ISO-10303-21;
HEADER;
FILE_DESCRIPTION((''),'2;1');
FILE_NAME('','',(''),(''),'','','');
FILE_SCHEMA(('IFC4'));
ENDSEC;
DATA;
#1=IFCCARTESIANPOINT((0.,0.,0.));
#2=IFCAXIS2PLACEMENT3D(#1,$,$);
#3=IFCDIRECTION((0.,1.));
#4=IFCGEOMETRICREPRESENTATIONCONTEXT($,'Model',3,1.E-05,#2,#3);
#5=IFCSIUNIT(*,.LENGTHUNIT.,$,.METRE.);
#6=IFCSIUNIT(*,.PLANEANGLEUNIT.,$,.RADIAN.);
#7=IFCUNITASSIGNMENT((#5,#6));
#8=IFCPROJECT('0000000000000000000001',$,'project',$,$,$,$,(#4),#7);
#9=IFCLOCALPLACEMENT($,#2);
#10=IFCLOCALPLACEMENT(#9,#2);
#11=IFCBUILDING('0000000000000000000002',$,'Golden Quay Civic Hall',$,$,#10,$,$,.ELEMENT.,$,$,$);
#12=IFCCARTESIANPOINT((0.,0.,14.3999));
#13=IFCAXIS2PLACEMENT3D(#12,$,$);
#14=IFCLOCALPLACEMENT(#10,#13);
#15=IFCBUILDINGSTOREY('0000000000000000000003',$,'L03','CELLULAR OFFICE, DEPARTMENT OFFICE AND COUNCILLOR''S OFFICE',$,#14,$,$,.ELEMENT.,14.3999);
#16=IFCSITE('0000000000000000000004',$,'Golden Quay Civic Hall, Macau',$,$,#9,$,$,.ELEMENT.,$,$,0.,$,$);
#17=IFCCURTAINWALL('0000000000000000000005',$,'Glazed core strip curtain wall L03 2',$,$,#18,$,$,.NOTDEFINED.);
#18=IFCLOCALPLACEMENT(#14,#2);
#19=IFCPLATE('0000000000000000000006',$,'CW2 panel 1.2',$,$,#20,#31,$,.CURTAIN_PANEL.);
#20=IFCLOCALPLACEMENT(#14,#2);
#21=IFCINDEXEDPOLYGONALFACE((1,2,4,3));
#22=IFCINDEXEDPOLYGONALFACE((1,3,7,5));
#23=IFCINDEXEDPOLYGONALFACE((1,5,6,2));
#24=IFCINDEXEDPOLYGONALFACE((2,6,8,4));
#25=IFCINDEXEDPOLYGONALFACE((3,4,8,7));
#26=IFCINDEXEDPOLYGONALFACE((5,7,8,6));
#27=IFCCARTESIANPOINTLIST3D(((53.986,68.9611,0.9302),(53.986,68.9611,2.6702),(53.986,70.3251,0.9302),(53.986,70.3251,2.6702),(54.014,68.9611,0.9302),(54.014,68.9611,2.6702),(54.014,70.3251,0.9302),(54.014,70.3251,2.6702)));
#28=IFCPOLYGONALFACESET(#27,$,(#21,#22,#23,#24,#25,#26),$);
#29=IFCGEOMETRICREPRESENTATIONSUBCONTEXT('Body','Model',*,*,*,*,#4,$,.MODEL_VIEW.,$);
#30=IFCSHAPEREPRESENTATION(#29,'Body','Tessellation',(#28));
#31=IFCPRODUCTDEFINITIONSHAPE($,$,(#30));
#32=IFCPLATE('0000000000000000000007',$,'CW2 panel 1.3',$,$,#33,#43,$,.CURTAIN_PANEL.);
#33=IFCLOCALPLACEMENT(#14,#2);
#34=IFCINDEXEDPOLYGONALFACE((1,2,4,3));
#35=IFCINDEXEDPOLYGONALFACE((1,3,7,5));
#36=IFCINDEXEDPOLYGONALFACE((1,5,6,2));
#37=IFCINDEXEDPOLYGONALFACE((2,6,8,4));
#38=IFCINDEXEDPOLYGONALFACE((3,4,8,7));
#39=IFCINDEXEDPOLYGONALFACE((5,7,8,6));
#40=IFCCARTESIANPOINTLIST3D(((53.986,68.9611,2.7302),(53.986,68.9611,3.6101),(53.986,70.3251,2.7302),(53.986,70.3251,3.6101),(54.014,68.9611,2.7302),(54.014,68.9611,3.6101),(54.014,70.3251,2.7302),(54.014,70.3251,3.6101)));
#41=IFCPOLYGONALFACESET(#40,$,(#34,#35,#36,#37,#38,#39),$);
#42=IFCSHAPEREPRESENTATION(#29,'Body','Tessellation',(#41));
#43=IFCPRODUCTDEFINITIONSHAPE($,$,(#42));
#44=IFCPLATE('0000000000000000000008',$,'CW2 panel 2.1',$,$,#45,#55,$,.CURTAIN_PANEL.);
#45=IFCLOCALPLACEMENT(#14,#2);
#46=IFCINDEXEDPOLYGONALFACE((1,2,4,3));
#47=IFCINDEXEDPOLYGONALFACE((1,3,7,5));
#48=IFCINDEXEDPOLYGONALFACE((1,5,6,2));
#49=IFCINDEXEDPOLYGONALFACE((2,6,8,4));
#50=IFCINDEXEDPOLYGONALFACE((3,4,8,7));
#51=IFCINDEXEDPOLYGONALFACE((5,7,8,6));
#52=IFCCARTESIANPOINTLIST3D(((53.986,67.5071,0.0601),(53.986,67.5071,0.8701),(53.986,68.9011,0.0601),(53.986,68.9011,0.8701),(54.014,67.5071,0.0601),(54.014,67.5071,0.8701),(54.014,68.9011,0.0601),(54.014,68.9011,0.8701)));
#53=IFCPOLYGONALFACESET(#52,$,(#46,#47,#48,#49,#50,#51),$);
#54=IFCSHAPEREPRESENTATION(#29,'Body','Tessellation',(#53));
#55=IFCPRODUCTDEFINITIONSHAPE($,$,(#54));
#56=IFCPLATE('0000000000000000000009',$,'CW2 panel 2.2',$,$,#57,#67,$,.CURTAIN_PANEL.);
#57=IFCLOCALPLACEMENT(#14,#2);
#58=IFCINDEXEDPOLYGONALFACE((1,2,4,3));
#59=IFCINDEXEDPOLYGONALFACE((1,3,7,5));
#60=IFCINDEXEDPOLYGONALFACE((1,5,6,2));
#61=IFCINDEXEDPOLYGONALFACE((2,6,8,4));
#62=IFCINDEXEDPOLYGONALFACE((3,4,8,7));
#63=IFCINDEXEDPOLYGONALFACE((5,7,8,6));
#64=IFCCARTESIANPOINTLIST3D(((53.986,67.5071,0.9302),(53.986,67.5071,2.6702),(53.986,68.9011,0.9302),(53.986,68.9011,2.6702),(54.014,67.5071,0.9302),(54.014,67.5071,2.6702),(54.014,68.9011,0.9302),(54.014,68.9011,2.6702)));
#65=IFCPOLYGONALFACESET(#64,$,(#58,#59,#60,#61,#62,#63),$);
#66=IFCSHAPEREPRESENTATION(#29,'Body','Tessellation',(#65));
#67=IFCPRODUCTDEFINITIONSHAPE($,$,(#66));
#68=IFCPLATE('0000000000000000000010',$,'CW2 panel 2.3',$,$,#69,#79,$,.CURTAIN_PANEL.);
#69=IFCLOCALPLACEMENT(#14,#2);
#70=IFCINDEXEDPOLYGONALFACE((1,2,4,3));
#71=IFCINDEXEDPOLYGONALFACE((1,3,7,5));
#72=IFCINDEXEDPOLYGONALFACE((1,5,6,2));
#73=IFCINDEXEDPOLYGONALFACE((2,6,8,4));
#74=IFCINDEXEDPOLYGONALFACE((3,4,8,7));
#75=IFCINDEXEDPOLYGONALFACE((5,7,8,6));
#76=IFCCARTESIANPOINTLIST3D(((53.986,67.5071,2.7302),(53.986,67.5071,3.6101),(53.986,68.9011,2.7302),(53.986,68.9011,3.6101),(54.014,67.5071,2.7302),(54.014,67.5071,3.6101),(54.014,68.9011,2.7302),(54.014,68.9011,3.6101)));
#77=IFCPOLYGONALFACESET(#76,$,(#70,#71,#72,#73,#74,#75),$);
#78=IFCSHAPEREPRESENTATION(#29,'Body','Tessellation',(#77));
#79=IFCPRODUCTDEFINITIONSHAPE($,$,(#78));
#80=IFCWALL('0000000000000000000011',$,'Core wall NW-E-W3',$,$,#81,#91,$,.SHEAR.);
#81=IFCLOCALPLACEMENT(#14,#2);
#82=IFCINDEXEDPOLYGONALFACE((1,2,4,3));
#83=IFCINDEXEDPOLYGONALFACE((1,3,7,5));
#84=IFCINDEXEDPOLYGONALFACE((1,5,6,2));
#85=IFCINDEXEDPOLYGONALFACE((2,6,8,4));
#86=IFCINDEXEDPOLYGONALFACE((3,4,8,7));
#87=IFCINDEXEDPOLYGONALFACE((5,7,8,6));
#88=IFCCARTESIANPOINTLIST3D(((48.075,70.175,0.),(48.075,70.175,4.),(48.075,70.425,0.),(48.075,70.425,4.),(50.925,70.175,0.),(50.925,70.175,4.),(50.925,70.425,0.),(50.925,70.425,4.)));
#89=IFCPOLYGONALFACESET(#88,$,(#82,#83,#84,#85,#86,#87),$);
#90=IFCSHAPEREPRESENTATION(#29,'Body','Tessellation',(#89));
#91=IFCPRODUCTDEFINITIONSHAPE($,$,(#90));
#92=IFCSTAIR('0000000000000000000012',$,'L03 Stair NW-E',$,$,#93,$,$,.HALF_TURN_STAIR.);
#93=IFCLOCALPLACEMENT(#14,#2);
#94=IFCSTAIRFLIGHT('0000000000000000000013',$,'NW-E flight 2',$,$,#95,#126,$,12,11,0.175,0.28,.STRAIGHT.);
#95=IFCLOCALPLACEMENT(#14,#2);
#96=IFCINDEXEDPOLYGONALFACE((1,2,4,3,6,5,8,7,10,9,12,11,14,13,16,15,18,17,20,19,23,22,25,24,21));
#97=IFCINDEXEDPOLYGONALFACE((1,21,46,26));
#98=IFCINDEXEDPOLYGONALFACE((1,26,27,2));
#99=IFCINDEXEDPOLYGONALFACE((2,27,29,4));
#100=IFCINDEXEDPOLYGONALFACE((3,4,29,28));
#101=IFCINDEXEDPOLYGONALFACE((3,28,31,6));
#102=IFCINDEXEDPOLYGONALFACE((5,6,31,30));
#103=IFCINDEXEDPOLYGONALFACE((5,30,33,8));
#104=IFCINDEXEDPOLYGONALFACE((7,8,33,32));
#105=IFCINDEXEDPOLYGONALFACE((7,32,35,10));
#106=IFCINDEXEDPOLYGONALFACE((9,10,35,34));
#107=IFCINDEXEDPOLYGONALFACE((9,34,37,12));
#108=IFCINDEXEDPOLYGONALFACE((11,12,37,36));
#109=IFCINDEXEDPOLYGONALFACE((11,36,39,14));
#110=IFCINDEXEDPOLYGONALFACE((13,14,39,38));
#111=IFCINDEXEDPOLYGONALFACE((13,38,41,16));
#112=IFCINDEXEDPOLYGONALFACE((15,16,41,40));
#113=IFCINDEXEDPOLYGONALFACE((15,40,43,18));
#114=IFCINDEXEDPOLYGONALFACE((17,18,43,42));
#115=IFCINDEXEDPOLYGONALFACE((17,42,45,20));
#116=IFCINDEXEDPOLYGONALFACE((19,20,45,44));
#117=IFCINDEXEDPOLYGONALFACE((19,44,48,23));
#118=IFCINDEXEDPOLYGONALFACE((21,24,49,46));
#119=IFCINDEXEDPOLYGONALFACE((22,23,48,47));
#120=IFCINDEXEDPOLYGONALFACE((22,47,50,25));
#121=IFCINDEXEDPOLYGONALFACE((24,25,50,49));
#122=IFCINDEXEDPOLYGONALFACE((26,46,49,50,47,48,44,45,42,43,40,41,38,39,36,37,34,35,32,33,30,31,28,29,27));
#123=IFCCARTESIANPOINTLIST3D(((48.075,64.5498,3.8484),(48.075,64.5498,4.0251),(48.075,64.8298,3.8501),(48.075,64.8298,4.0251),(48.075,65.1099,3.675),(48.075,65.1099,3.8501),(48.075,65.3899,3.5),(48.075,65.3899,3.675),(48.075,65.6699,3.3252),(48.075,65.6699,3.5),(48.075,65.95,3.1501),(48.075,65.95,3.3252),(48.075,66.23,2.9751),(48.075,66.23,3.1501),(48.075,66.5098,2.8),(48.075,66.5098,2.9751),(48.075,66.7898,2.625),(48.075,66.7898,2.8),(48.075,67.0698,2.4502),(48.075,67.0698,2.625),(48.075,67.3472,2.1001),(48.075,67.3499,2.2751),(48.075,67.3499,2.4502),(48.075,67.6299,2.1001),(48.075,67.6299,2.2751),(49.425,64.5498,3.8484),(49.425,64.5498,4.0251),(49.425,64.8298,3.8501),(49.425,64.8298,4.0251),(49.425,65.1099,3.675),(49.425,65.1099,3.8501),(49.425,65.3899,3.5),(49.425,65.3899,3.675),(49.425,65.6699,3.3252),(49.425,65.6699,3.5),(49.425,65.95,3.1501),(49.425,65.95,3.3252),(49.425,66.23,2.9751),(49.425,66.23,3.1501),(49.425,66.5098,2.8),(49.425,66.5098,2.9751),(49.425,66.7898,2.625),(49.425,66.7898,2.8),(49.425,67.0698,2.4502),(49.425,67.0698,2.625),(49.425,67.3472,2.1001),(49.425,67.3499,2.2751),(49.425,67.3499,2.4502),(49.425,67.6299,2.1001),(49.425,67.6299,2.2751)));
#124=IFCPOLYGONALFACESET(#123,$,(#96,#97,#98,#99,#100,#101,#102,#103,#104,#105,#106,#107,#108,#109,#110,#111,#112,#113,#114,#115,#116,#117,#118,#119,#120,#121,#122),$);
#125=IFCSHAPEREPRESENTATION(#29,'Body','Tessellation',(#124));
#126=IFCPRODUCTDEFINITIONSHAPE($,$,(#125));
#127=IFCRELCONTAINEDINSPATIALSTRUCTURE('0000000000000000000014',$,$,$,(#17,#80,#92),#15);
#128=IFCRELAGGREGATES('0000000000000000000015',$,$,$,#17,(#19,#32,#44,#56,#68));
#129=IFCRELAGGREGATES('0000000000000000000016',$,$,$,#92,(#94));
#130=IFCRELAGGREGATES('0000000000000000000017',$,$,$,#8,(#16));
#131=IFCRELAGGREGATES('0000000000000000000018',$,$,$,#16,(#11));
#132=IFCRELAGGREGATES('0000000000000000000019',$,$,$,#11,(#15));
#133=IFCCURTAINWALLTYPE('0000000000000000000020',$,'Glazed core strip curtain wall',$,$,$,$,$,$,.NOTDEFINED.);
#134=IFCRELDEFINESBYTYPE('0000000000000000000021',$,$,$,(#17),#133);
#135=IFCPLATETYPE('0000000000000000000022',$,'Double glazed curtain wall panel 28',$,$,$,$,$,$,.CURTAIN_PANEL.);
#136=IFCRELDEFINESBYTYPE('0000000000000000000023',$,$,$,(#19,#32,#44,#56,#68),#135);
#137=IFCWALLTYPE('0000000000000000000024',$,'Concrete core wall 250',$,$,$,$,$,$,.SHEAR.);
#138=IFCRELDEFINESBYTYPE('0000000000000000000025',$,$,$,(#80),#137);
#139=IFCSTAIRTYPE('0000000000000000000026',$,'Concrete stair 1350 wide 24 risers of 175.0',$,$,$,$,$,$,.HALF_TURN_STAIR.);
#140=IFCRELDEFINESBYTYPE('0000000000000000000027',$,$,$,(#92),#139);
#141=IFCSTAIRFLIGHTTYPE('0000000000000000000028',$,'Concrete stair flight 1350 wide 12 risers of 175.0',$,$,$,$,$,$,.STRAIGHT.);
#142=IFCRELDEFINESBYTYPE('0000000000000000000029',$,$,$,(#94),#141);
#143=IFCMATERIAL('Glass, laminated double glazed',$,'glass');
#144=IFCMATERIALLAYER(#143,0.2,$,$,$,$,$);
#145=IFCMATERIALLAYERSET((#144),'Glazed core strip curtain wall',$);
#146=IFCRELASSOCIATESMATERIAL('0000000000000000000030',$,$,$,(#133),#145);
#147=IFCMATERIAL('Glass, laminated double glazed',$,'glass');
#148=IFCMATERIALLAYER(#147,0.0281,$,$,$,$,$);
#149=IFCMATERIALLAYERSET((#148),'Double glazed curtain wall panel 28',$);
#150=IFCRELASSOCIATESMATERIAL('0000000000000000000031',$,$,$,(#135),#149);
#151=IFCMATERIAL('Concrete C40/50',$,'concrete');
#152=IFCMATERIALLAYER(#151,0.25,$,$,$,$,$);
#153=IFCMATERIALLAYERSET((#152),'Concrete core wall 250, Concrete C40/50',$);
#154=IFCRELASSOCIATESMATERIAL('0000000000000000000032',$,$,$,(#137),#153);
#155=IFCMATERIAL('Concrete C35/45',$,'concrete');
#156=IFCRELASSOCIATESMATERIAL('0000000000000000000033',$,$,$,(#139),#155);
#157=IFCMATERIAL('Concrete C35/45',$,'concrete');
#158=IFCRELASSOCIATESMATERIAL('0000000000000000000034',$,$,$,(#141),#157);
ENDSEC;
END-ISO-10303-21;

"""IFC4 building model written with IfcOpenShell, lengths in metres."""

from ifc_helpers import new_model, si_unit, direction, frame, frame_2d, origin, origin_2d, place, context, subcontext, project, spatial, polyline, rectangle, outline, extrude, material, layer, layer_set, type_object, element, aggregate, save


model = new_model("IFC4")

# Units and contexts
model_context = context("Model", 3, precision=1e-05, world=origin(), true_north=direction((0.0, 1.0)))
body_context = subcontext(model_context, "Body", "Model", "MODEL_VIEW")
ifc_project = project(units=[si_unit("LENGTHUNIT", "METRE"), si_unit("PLANEANGLEUNIT", "RADIAN")], contexts=[model_context])

# Site, building, storey
site_placement = place(None, origin())
site = spatial("IfcSite", under=ifc_project, at=site_placement, Name="Golden Quay Civic Hall, Macau", CompositionType="ELEMENT", RefElevation=0.0)
building_placement = place(site_placement, origin())
building = spatial("IfcBuilding", under=site, at=building_placement, Name="Golden Quay Civic Hall", CompositionType="ELEMENT")
storey_placement = place(building_placement, frame((0.0, 0.0, 14.3999)))
storey = spatial("IfcBuildingStorey", under=building, at=storey_placement, Name="L03", Description="CELLULAR OFFICE, DEPARTMENT OFFICE AND COUNCILLOR'S OFFICE", CompositionType="ELEMENT", Elevation=14.3999)

# Curtain wall, plates
ifc_material_1 = material(Name="Glass, laminated double glazed", Category="glass")
ifc_layer_1 = layer(ifc_material_1, 0.2)
ifc_layer_set_1 = layer_set([ifc_layer_1], Name="Glazed core strip curtain wall")
curtain_wall_type = type_object("IfcCurtainWallType", Name="Glazed core strip curtain wall", PredefinedType="NOTDEFINED", material=ifc_layer_set_1)
curtain_wall_placement = place(storey_placement, origin())
curtain_wall = element("IfcCurtainWall", 1, at=curtain_wall_placement, inside=storey, type_object=curtain_wall_type, Name="Glazed core strip curtain wall L03 2", PredefinedType="NOTDEFINED")
ifc_material_2 = material(Name="Glass, laminated double glazed", Category="glass")
ifc_layer_2 = layer(ifc_material_2, 0.0281)
ifc_layer_set_2 = layer_set([ifc_layer_2], Name="Double glazed curtain wall panel 28")
plate_type = type_object("IfcPlateType", Name="Double glazed curtain wall panel 28", PredefinedType="CURTAIN_PANEL", material=ifc_layer_set_2)
plate_1_placement = place(storey_placement, frame((54.0, 69.6431, 0.9302), z_axis=(0.0, 0.0, 1.0), x_axis=(0.0, -1.0, 0.0)))
plate_1 = element("IfcPlate", 2, at=plate_1_placement, type_object=plate_type, Name="CW2 panel 1.2", PredefinedType="CURTAIN_PANEL", context=body_context, shape_type="SweptSolid", body=[
    extrude(rectangle(XDim=1.364, YDim=0.0281, at=origin_2d()), origin(), (0.0, 0.0, 1.0), 1.74),
])
plate_2_placement = place(storey_placement, frame((54.0, 69.6431, 2.7302), z_axis=(0.0, 0.0, 1.0), x_axis=(0.0, -1.0, 0.0)))
plate_2 = element("IfcPlate", 3, at=plate_2_placement, type_object=plate_type, Name="CW2 panel 1.3", PredefinedType="CURTAIN_PANEL", context=body_context, shape_type="SweptSolid", body=[
    extrude(rectangle(XDim=1.364, YDim=0.0281, at=origin_2d()), origin(), (0.0, 0.0, 1.0), 0.8799),
])
plate_3_placement = place(storey_placement, frame((54.0, 68.2041, 0.0601), z_axis=(0.0, 0.0, 1.0), x_axis=(0.0, -1.0, 0.0)))
plate_3 = element("IfcPlate", 4, at=plate_3_placement, type_object=plate_type, Name="CW2 panel 2.1", PredefinedType="CURTAIN_PANEL", context=body_context, shape_type="SweptSolid", body=[
    extrude(rectangle(XDim=1.394, YDim=0.0281, at=origin_2d()), origin(), (0.0, 0.0, 1.0), 0.8101),
])
plate_4_placement = place(storey_placement, frame((54.0, 68.2041, 0.9302), z_axis=(0.0, 0.0, 1.0), x_axis=(0.0, -1.0, 0.0)))
plate_4 = element("IfcPlate", 5, at=plate_4_placement, type_object=plate_type, Name="CW2 panel 2.2", PredefinedType="CURTAIN_PANEL", context=body_context, shape_type="SweptSolid", body=[
    extrude(rectangle(XDim=1.394, YDim=0.0281, at=origin_2d()), origin(), (0.0, 0.0, 1.0), 1.74),
])
plate_5_placement = place(storey_placement, frame((54.0, 68.2041, 2.7302), z_axis=(0.0, 0.0, 1.0), x_axis=(0.0, -1.0, 0.0)))
plate_5 = element("IfcPlate", 6, at=plate_5_placement, type_object=plate_type, Name="CW2 panel 2.3", PredefinedType="CURTAIN_PANEL", context=body_context, shape_type="SweptSolid", body=[
    extrude(rectangle(XDim=1.394, YDim=0.0281, at=origin_2d()), origin(), (0.0, 0.0, 1.0), 0.8799),
])
aggregate(curtain_wall, [plate_1, plate_2, plate_3, plate_4, plate_5])

# Wall
ifc_material_3 = material(Name="Concrete C40/50", Category="concrete")
ifc_layer_3 = layer(ifc_material_3, 0.25)
ifc_layer_set_3 = layer_set([ifc_layer_3], Name="Concrete core wall 250, Concrete C40/50")
wall_type = type_object("IfcWallType", Name="Concrete core wall 250", PredefinedType="SHEAR", material=ifc_layer_set_3)
wall_placement = place(storey_placement, frame((48.075, 70.3, 0.0), z_axis=(0.0, 0.0, 1.0), x_axis=(1.0, 0.0, 0.0)))
element("IfcWall", 7, at=wall_placement, inside=storey, type_object=wall_type, Name="Core wall NW-E-W3", PredefinedType="SHEAR", context=body_context, shape_type="SweptSolid", body=[
    extrude(rectangle(XDim=2.8501, YDim=0.25, at=frame_2d((1.425, 0.0))), origin(), (0.0, 0.0, 1.0), 4.0),
])

# Stair, stair flight
ifc_material_4 = material(Name="Concrete C35/45", Category="concrete")
stair_type = type_object("IfcStairType", Name="Concrete stair 1350 wide 24 risers of 175.0", PredefinedType="HALF_TURN_STAIR", material=ifc_material_4)
stair_placement = place(storey_placement, origin())
stair = element("IfcStair", 8, at=stair_placement, inside=storey, type_object=stair_type, Name="L03 Stair NW-E", PredefinedType="HALF_TURN_STAIR")
ifc_material_5 = material(Name="Concrete C35/45", Category="concrete")
stair_flight_type = type_object("IfcStairFlightType", Name="Concrete stair flight 1350 wide 12 risers of 175.0", PredefinedType="STRAIGHT", material=ifc_material_5)
stair_flight_placement = place(storey_placement, frame((48.75, 67.6299, 2.1001), z_axis=(0.0, 0.0, 1.0), x_axis=(0.0, -1.0, 0.0)))
stair_flight = element("IfcStairFlight", 9, at=stair_flight_placement, type_object=stair_flight_type, Name="NW-E flight 2", NumberOfRisers=12, NumberOfTreads=11, PredefinedType="STRAIGHT", RiserHeight=0.175, TreadLength=0.28, context=body_context, shape_type="SweptSolid", body=[
    extrude(outline(polyline([(0.0, 0.0), (0.0, 0.175), (0.28, 0.175), (0.28, 0.3501), (0.5601, 0.3501), (0.5601, 0.5249), (0.8401, 0.5249), (0.8401, 0.7), (1.1201, 0.7), (1.1201, 0.875), (1.3999, 0.875), (1.3999, 1.05), (1.6799, 1.05), (1.6799, 1.2251), (1.96, 1.2251), (1.96, 1.3999), (2.24, 1.3999), (2.24, 1.575), (2.52, 1.575), (2.52, 1.75), (2.8, 1.75), (2.8, 1.925), (3.0801, 1.925), (3.0801, 2.1001), (3.0801, 1.7483), (0.2827, 0.0), (0.0, 0.0)])), frame((0.0, 0.675, 0.0), z_axis=(0.0, -1.0, 0.0), x_axis=(1.0, 0.0, 0.0)), (0.0, 0.0, 1.0), 1.35),
])
aggregate(stair, [stair_flight])

save(model, "model.ifc")
